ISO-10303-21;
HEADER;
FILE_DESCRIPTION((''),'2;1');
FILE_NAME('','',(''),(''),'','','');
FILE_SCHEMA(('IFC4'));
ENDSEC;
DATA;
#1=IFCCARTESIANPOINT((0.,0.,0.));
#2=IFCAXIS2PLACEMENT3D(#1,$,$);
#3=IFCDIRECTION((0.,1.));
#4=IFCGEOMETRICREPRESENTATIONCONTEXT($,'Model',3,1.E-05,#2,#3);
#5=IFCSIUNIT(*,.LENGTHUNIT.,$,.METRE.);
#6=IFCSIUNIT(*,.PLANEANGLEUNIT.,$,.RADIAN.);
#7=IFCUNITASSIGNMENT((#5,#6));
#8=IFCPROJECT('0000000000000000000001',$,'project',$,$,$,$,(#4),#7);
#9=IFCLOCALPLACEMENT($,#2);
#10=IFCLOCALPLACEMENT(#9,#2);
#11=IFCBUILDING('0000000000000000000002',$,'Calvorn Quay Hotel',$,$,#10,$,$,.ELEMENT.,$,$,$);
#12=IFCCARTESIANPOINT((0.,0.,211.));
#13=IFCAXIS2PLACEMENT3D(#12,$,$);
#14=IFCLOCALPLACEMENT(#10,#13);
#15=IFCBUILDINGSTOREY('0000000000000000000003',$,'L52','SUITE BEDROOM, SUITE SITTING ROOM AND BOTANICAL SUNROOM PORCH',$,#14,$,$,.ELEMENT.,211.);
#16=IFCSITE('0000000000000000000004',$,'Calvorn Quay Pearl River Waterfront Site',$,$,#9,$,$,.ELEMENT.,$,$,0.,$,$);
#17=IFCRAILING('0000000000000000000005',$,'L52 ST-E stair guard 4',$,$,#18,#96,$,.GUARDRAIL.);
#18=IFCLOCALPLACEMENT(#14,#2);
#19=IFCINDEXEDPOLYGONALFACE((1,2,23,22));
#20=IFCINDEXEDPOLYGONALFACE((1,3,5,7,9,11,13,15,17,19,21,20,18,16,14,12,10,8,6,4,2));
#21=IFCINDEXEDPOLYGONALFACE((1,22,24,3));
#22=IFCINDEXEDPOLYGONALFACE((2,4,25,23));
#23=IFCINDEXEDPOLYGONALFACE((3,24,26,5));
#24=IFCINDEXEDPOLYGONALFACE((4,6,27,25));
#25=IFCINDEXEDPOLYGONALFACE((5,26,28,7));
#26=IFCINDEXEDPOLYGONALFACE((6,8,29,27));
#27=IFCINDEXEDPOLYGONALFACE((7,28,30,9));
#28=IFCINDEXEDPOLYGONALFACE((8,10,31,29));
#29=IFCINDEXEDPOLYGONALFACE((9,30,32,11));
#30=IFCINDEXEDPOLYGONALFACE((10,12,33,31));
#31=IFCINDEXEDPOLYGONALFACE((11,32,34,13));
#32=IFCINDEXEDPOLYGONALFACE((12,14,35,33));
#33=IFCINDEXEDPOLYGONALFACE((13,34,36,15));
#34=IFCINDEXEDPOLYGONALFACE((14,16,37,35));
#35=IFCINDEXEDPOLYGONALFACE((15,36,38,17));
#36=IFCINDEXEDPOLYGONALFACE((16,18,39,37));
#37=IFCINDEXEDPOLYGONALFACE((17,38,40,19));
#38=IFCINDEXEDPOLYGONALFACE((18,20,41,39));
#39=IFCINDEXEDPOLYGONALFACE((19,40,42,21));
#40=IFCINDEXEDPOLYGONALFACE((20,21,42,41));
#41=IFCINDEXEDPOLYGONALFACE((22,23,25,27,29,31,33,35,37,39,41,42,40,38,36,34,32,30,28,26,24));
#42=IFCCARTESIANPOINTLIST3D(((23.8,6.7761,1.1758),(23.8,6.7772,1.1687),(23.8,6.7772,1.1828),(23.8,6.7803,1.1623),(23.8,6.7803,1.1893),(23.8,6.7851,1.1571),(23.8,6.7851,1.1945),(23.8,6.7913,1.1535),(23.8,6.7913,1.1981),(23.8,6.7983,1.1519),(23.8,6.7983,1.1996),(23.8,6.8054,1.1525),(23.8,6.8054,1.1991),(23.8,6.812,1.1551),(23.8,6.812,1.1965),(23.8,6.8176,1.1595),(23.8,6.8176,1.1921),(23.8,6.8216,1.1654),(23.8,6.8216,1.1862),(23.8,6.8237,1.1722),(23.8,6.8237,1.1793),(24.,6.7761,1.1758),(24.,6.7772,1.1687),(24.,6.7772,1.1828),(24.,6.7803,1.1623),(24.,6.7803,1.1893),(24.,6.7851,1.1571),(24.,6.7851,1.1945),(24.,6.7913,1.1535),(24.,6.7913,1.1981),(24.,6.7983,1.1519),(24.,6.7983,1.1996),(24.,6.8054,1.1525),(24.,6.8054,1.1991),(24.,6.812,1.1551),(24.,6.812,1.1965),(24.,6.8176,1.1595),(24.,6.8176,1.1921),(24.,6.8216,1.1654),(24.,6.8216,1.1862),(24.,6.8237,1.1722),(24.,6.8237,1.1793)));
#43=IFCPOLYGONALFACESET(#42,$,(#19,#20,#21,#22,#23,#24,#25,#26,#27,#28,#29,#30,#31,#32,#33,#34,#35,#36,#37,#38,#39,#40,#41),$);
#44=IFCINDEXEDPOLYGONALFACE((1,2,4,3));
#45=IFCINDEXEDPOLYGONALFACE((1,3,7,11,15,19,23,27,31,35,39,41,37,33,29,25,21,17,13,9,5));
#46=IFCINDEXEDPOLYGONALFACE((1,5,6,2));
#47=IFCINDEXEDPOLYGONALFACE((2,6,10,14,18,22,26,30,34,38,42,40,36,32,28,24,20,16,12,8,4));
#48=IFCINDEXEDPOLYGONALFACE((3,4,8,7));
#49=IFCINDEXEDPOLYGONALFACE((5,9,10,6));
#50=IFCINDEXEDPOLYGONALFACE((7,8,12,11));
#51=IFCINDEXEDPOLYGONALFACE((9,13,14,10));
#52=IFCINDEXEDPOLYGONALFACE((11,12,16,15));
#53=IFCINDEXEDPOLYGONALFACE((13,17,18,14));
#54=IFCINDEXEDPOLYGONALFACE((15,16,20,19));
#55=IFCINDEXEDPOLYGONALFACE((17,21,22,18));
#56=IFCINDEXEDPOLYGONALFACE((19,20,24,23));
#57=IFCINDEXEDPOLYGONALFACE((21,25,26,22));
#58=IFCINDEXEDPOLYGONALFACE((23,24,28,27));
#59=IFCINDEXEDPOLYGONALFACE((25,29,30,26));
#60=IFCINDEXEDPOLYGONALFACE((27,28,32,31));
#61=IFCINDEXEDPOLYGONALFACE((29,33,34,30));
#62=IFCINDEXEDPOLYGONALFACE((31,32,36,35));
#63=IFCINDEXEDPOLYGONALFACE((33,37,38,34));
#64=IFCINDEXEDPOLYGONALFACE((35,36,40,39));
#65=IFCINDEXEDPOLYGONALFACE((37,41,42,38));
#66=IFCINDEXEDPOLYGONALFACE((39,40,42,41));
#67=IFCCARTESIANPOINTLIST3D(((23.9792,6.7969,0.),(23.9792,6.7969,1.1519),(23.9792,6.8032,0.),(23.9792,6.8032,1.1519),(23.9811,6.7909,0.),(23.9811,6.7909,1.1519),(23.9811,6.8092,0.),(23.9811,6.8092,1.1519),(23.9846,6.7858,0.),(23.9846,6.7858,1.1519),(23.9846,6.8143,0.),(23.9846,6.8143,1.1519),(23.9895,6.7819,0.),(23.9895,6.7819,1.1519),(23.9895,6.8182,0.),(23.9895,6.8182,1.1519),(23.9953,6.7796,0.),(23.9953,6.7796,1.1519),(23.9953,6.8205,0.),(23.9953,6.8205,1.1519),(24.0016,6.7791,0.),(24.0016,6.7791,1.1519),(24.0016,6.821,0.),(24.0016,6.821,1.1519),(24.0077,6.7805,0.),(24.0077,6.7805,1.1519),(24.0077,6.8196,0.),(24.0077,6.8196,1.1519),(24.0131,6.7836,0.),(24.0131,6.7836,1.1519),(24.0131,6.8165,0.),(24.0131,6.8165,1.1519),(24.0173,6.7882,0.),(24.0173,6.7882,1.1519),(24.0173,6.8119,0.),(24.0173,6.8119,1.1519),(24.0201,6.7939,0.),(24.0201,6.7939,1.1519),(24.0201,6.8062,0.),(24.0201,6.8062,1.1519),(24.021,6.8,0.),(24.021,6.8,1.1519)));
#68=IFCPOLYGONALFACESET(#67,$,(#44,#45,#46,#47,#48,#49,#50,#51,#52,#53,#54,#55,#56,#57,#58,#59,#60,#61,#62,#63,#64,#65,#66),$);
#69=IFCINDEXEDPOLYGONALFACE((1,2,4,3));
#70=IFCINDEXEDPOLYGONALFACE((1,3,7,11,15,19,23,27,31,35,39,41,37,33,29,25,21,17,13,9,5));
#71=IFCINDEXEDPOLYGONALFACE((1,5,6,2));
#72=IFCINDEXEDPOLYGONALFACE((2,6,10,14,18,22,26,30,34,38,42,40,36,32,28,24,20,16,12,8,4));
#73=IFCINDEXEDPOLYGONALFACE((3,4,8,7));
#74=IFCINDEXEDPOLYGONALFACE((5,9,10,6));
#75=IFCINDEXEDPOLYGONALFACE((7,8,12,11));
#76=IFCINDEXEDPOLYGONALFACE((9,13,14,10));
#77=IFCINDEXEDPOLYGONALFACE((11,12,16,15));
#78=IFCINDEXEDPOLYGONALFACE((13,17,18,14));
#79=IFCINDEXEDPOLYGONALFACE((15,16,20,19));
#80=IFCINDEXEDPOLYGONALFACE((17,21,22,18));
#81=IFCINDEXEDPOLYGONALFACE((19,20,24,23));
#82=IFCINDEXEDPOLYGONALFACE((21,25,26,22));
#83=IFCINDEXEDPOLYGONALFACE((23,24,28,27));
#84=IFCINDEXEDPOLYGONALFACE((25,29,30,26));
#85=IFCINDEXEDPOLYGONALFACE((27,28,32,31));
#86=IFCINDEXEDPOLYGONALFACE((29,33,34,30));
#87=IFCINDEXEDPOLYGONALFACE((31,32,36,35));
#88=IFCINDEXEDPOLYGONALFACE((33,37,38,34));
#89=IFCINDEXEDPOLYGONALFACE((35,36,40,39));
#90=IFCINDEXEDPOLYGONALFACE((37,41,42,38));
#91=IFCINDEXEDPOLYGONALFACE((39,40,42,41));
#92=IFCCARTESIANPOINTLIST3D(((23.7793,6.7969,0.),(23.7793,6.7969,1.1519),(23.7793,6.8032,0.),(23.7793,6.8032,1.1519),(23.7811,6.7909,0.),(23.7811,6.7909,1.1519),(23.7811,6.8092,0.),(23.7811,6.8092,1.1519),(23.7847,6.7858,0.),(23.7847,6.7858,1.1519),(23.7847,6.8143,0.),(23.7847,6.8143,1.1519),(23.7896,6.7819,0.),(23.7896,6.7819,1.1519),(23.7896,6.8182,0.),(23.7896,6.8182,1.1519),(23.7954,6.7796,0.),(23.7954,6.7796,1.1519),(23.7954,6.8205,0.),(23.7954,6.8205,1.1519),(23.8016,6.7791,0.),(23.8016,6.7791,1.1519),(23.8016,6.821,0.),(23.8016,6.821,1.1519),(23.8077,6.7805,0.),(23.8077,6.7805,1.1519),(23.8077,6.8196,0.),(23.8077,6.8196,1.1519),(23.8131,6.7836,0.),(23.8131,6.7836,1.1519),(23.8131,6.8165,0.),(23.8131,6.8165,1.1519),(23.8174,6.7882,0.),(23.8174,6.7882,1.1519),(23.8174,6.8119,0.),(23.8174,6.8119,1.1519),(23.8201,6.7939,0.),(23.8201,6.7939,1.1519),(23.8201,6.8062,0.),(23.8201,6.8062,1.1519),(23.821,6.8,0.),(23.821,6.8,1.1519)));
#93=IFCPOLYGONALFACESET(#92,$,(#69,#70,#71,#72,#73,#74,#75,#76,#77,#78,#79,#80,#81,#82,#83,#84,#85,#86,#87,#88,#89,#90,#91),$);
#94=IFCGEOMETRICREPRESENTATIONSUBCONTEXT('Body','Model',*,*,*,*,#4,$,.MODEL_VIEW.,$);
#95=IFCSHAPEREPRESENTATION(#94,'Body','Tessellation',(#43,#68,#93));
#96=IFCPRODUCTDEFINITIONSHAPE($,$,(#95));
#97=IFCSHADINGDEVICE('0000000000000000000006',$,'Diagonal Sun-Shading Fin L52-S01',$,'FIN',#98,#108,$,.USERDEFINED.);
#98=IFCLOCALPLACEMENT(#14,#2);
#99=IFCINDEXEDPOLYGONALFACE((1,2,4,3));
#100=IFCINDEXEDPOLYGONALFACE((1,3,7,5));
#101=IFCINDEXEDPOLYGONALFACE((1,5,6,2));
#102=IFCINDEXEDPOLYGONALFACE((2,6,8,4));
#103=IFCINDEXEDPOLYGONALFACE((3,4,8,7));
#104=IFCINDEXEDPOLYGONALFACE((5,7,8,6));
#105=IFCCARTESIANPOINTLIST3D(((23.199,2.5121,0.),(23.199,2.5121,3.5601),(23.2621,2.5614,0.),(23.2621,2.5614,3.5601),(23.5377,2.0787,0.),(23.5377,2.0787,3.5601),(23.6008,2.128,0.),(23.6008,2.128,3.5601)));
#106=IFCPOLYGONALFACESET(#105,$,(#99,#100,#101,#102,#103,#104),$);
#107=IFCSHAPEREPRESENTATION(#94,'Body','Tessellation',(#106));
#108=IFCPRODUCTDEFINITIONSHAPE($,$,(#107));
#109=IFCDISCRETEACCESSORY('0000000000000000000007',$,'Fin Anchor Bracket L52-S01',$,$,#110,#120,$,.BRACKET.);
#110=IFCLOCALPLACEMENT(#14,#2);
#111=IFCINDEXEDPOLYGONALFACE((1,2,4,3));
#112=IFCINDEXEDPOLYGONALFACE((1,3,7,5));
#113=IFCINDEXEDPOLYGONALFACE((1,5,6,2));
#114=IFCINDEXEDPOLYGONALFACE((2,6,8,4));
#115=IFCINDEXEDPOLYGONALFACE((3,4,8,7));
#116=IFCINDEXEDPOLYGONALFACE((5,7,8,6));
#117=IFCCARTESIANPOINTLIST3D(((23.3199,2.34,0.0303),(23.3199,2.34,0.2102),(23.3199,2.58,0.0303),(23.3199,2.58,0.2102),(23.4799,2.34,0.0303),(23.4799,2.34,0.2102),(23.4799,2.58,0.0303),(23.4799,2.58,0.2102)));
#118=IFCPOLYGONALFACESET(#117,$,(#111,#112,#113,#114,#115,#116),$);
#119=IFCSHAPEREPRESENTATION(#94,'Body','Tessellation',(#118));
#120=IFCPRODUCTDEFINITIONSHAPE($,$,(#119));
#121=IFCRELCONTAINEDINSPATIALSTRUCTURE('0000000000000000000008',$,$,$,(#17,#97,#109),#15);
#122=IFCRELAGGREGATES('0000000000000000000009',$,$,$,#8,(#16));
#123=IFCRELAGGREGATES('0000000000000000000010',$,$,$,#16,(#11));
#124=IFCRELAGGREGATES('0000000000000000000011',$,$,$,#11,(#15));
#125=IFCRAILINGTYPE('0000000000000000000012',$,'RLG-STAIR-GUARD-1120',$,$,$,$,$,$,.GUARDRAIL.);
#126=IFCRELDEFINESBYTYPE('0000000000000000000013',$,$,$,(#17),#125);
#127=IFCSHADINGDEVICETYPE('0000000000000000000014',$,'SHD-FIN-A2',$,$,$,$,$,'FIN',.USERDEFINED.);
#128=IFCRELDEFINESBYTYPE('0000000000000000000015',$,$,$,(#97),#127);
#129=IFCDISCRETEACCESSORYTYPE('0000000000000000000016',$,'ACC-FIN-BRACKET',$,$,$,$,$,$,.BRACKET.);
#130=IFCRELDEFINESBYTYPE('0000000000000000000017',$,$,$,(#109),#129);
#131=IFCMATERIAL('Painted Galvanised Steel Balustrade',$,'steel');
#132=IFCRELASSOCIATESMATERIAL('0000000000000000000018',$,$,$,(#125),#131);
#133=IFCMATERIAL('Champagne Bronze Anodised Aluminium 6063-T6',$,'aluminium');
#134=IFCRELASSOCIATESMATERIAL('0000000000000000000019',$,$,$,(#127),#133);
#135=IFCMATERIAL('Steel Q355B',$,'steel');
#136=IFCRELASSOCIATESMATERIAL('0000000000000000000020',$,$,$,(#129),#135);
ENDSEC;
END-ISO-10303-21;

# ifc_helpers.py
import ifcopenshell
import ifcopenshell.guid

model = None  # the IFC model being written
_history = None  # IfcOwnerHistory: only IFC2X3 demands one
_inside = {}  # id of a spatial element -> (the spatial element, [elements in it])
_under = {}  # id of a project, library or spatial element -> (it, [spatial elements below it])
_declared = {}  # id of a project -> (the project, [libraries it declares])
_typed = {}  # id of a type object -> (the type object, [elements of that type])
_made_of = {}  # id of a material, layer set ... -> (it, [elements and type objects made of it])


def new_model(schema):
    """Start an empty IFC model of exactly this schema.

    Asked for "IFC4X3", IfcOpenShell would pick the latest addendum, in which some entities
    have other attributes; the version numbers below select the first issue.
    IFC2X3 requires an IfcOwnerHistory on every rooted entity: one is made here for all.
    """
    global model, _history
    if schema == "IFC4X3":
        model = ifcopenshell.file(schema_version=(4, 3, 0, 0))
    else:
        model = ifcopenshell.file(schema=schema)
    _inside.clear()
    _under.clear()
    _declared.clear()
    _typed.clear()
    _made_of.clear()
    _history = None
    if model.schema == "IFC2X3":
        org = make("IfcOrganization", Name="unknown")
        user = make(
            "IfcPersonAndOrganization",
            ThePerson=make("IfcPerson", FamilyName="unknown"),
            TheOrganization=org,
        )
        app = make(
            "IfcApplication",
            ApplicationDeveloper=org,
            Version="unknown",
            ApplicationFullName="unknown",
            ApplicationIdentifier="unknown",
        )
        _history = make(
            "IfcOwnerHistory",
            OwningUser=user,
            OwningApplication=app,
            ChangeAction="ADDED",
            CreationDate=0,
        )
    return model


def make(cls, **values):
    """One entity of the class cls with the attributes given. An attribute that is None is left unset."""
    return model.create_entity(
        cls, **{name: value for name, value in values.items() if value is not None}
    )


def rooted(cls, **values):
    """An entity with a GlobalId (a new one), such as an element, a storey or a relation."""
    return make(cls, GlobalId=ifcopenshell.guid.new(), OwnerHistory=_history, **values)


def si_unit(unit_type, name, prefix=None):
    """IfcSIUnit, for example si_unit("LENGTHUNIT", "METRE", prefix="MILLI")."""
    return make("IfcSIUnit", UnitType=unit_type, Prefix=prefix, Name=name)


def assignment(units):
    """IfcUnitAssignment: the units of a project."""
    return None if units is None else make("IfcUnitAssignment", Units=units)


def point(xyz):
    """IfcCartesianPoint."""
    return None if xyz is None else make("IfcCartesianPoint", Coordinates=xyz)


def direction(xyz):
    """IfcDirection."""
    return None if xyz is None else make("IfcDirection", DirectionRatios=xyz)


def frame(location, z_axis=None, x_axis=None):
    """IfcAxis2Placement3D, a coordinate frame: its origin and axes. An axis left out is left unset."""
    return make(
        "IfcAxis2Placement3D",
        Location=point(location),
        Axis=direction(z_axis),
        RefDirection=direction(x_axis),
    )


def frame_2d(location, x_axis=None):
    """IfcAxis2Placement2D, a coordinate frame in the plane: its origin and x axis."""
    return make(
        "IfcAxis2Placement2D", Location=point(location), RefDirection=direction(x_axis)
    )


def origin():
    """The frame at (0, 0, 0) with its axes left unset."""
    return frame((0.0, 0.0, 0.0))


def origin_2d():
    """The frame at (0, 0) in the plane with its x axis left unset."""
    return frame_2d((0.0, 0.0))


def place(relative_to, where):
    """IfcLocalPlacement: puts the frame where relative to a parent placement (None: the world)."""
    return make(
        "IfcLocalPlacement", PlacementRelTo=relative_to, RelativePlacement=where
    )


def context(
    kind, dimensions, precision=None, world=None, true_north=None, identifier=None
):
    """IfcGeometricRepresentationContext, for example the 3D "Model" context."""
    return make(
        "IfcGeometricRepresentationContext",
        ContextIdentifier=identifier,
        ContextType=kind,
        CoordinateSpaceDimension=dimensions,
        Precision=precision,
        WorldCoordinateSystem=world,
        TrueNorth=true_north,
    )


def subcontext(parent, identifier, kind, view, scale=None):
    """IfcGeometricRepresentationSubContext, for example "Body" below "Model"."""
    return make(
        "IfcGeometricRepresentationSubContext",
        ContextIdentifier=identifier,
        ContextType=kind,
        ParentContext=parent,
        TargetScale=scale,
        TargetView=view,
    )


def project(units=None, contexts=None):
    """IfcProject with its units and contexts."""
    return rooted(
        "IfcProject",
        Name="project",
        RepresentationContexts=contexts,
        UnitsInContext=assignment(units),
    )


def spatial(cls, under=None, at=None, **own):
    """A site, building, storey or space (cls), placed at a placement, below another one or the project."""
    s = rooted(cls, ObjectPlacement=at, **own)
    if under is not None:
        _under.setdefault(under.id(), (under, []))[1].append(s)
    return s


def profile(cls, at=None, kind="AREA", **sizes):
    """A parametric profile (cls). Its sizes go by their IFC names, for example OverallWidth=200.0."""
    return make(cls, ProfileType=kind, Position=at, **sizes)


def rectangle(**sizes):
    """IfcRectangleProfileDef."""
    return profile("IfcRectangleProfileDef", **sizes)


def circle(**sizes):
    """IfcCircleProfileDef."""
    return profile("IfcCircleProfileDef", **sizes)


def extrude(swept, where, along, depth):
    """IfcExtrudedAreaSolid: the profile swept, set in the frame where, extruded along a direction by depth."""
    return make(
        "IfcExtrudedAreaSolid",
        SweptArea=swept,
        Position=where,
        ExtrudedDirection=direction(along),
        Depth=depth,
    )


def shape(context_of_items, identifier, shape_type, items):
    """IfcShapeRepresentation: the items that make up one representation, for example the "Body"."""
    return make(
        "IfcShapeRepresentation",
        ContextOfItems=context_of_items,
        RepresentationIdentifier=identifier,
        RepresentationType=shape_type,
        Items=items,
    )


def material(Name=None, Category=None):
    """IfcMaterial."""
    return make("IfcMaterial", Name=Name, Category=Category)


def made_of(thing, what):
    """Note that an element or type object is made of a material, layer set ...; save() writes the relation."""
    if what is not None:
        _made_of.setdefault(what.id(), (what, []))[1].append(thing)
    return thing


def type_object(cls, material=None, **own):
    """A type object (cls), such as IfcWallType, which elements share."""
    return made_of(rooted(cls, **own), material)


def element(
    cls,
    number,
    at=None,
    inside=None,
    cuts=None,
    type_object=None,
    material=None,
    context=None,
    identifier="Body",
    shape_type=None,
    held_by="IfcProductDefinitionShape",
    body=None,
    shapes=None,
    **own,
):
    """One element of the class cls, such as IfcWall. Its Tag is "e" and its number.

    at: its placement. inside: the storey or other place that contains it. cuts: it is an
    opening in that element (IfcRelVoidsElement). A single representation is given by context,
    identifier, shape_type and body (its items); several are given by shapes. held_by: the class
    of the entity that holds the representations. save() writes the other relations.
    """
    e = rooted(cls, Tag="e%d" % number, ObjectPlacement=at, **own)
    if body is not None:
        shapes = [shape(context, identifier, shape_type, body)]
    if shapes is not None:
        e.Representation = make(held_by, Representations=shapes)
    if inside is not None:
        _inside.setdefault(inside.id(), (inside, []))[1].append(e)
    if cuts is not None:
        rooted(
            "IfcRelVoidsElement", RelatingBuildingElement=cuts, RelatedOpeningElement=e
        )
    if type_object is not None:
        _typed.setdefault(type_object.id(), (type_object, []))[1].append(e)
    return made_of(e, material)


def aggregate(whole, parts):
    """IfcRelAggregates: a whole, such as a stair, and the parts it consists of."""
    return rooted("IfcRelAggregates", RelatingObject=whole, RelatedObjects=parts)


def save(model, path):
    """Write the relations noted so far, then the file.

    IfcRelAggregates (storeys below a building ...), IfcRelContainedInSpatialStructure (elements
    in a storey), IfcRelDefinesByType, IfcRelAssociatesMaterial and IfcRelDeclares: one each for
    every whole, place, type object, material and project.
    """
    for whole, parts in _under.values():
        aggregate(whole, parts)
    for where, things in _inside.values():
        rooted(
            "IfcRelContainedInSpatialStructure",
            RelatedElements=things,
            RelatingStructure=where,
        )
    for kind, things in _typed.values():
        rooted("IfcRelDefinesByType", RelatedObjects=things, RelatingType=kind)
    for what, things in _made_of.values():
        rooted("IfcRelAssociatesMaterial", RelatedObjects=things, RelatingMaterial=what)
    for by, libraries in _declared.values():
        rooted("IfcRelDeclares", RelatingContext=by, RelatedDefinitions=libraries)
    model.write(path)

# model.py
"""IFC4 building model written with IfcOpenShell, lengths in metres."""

from ifc_helpers import new_model, si_unit, direction, frame, origin, origin_2d, place, context, subcontext, project, spatial, rectangle, circle, extrude, material, type_object, element, save


model = new_model("IFC4")

# Units and contexts
model_context = context("Model", 3, precision=1e-05, world=origin(), true_north=direction((0.0, 1.0)))
body_context = subcontext(model_context, "Body", "Model", "MODEL_VIEW")
ifc_project = project(units=[si_unit("LENGTHUNIT", "METRE"), si_unit("PLANEANGLEUNIT", "RADIAN")], contexts=[model_context])

# Site, building, storey
site_placement = place(None, origin())
site = spatial("IfcSite", under=ifc_project, at=site_placement, Name="Calvorn Quay Pearl River Waterfront Site", CompositionType="ELEMENT", RefElevation=0.0)
building_placement = place(site_placement, origin())
building = spatial("IfcBuilding", under=site, at=building_placement, Name="Calvorn Quay Hotel", CompositionType="ELEMENT")
storey_placement = place(building_placement, frame((0.0, 0.0, 211.0)))
storey = spatial("IfcBuildingStorey", under=building, at=storey_placement, Name="L52", Description="SUITE BEDROOM, SUITE SITTING ROOM AND BOTANICAL SUNROOM PORCH", CompositionType="ELEMENT", Elevation=211.0)

# Railing
ifc_material_1 = material(Name="Painted Galvanised Steel Balustrade", Category="steel")
railing_type_1 = type_object("IfcRailingType", Name="RLG-STAIR-GUARD-1120", PredefinedType="GUARDRAIL", material=ifc_material_1)
railing_1_placement = place(storey_placement, frame((24.0, 6.8, 0.0)))
element("IfcRailing", 1, at=railing_1_placement, inside=storey, type_object=railing_type_1, Name="L52 ST-E stair guard 4", PredefinedType="GUARDRAIL", context=body_context, shape_type="SweptSolid", body=[
    extrude(circle(Radius=0.0239, at=origin_2d()), frame((0.0, 0.0, 1.1758), z_axis=(-1.0, 0.0, 0.0), x_axis=(0.0, -1.0, 0.0)), (0.0, 0.0, 1.0), 0.2),
    extrude(circle(Radius=0.021, at=origin_2d()), origin(), (0.0, 0.0, 1.0), 1.1519),
    extrude(circle(Radius=0.021, at=origin_2d()), frame((-0.2, 0.0, 0.0)), (0.0, 0.0, 1.0), 1.1519),
])

# Shading device
ifc_material_2 = material(Name="Champagne Bronze Anodised Aluminium 6063-T6", Category="aluminium")
shading_device_type = type_object("IfcShadingDeviceType", Name="SHD-FIN-A2", ElementType="FIN", PredefinedType="USERDEFINED", material=ifc_material_2)
shading_device_placement = place(storey_placement, frame((23.3999, 2.3201, 0.0), z_axis=(0.0, 0.0, 1.0), x_axis=(-0.615661, 0.788011, 0.0)))
element("IfcShadingDevice", 2, at=shading_device_placement, inside=storey, type_object=shading_device_type, Name="Diagonal Sun-Shading Fin L52-S01", ObjectType="FIN", PredefinedType="USERDEFINED", context=body_context, shape_type="SweptSolid", body=[
    extrude(rectangle(XDim=0.55, YDim=0.0801, at=origin_2d()), origin(), (0.0, 0.0, 1.0), 3.5601),
])

# Discrete accessory
ifc_material_3 = material(Name="Steel Q355B", Category="steel")
discrete_accessory_type = type_object("IfcDiscreteAccessoryType", Name="ACC-FIN-BRACKET", PredefinedType="BRACKET", material=ifc_material_3)
discrete_accessory_placement = place(storey_placement, frame((23.3999, 2.46, 0.0303), z_axis=(0.0, 0.0, 1.0), x_axis=(0.0, 1.0, 0.0)))
element("IfcDiscreteAccessory", 3, at=discrete_accessory_placement, inside=storey, type_object=discrete_accessory_type, Name="Fin Anchor Bracket L52-S01", PredefinedType="BRACKET", context=body_context, shape_type="SweptSolid", body=[
    extrude(rectangle(XDim=0.24, YDim=0.1599, at=origin_2d()), origin(), (0.0, 0.0, 1.0), 0.1799),
])

save(model, "model.ifc")
